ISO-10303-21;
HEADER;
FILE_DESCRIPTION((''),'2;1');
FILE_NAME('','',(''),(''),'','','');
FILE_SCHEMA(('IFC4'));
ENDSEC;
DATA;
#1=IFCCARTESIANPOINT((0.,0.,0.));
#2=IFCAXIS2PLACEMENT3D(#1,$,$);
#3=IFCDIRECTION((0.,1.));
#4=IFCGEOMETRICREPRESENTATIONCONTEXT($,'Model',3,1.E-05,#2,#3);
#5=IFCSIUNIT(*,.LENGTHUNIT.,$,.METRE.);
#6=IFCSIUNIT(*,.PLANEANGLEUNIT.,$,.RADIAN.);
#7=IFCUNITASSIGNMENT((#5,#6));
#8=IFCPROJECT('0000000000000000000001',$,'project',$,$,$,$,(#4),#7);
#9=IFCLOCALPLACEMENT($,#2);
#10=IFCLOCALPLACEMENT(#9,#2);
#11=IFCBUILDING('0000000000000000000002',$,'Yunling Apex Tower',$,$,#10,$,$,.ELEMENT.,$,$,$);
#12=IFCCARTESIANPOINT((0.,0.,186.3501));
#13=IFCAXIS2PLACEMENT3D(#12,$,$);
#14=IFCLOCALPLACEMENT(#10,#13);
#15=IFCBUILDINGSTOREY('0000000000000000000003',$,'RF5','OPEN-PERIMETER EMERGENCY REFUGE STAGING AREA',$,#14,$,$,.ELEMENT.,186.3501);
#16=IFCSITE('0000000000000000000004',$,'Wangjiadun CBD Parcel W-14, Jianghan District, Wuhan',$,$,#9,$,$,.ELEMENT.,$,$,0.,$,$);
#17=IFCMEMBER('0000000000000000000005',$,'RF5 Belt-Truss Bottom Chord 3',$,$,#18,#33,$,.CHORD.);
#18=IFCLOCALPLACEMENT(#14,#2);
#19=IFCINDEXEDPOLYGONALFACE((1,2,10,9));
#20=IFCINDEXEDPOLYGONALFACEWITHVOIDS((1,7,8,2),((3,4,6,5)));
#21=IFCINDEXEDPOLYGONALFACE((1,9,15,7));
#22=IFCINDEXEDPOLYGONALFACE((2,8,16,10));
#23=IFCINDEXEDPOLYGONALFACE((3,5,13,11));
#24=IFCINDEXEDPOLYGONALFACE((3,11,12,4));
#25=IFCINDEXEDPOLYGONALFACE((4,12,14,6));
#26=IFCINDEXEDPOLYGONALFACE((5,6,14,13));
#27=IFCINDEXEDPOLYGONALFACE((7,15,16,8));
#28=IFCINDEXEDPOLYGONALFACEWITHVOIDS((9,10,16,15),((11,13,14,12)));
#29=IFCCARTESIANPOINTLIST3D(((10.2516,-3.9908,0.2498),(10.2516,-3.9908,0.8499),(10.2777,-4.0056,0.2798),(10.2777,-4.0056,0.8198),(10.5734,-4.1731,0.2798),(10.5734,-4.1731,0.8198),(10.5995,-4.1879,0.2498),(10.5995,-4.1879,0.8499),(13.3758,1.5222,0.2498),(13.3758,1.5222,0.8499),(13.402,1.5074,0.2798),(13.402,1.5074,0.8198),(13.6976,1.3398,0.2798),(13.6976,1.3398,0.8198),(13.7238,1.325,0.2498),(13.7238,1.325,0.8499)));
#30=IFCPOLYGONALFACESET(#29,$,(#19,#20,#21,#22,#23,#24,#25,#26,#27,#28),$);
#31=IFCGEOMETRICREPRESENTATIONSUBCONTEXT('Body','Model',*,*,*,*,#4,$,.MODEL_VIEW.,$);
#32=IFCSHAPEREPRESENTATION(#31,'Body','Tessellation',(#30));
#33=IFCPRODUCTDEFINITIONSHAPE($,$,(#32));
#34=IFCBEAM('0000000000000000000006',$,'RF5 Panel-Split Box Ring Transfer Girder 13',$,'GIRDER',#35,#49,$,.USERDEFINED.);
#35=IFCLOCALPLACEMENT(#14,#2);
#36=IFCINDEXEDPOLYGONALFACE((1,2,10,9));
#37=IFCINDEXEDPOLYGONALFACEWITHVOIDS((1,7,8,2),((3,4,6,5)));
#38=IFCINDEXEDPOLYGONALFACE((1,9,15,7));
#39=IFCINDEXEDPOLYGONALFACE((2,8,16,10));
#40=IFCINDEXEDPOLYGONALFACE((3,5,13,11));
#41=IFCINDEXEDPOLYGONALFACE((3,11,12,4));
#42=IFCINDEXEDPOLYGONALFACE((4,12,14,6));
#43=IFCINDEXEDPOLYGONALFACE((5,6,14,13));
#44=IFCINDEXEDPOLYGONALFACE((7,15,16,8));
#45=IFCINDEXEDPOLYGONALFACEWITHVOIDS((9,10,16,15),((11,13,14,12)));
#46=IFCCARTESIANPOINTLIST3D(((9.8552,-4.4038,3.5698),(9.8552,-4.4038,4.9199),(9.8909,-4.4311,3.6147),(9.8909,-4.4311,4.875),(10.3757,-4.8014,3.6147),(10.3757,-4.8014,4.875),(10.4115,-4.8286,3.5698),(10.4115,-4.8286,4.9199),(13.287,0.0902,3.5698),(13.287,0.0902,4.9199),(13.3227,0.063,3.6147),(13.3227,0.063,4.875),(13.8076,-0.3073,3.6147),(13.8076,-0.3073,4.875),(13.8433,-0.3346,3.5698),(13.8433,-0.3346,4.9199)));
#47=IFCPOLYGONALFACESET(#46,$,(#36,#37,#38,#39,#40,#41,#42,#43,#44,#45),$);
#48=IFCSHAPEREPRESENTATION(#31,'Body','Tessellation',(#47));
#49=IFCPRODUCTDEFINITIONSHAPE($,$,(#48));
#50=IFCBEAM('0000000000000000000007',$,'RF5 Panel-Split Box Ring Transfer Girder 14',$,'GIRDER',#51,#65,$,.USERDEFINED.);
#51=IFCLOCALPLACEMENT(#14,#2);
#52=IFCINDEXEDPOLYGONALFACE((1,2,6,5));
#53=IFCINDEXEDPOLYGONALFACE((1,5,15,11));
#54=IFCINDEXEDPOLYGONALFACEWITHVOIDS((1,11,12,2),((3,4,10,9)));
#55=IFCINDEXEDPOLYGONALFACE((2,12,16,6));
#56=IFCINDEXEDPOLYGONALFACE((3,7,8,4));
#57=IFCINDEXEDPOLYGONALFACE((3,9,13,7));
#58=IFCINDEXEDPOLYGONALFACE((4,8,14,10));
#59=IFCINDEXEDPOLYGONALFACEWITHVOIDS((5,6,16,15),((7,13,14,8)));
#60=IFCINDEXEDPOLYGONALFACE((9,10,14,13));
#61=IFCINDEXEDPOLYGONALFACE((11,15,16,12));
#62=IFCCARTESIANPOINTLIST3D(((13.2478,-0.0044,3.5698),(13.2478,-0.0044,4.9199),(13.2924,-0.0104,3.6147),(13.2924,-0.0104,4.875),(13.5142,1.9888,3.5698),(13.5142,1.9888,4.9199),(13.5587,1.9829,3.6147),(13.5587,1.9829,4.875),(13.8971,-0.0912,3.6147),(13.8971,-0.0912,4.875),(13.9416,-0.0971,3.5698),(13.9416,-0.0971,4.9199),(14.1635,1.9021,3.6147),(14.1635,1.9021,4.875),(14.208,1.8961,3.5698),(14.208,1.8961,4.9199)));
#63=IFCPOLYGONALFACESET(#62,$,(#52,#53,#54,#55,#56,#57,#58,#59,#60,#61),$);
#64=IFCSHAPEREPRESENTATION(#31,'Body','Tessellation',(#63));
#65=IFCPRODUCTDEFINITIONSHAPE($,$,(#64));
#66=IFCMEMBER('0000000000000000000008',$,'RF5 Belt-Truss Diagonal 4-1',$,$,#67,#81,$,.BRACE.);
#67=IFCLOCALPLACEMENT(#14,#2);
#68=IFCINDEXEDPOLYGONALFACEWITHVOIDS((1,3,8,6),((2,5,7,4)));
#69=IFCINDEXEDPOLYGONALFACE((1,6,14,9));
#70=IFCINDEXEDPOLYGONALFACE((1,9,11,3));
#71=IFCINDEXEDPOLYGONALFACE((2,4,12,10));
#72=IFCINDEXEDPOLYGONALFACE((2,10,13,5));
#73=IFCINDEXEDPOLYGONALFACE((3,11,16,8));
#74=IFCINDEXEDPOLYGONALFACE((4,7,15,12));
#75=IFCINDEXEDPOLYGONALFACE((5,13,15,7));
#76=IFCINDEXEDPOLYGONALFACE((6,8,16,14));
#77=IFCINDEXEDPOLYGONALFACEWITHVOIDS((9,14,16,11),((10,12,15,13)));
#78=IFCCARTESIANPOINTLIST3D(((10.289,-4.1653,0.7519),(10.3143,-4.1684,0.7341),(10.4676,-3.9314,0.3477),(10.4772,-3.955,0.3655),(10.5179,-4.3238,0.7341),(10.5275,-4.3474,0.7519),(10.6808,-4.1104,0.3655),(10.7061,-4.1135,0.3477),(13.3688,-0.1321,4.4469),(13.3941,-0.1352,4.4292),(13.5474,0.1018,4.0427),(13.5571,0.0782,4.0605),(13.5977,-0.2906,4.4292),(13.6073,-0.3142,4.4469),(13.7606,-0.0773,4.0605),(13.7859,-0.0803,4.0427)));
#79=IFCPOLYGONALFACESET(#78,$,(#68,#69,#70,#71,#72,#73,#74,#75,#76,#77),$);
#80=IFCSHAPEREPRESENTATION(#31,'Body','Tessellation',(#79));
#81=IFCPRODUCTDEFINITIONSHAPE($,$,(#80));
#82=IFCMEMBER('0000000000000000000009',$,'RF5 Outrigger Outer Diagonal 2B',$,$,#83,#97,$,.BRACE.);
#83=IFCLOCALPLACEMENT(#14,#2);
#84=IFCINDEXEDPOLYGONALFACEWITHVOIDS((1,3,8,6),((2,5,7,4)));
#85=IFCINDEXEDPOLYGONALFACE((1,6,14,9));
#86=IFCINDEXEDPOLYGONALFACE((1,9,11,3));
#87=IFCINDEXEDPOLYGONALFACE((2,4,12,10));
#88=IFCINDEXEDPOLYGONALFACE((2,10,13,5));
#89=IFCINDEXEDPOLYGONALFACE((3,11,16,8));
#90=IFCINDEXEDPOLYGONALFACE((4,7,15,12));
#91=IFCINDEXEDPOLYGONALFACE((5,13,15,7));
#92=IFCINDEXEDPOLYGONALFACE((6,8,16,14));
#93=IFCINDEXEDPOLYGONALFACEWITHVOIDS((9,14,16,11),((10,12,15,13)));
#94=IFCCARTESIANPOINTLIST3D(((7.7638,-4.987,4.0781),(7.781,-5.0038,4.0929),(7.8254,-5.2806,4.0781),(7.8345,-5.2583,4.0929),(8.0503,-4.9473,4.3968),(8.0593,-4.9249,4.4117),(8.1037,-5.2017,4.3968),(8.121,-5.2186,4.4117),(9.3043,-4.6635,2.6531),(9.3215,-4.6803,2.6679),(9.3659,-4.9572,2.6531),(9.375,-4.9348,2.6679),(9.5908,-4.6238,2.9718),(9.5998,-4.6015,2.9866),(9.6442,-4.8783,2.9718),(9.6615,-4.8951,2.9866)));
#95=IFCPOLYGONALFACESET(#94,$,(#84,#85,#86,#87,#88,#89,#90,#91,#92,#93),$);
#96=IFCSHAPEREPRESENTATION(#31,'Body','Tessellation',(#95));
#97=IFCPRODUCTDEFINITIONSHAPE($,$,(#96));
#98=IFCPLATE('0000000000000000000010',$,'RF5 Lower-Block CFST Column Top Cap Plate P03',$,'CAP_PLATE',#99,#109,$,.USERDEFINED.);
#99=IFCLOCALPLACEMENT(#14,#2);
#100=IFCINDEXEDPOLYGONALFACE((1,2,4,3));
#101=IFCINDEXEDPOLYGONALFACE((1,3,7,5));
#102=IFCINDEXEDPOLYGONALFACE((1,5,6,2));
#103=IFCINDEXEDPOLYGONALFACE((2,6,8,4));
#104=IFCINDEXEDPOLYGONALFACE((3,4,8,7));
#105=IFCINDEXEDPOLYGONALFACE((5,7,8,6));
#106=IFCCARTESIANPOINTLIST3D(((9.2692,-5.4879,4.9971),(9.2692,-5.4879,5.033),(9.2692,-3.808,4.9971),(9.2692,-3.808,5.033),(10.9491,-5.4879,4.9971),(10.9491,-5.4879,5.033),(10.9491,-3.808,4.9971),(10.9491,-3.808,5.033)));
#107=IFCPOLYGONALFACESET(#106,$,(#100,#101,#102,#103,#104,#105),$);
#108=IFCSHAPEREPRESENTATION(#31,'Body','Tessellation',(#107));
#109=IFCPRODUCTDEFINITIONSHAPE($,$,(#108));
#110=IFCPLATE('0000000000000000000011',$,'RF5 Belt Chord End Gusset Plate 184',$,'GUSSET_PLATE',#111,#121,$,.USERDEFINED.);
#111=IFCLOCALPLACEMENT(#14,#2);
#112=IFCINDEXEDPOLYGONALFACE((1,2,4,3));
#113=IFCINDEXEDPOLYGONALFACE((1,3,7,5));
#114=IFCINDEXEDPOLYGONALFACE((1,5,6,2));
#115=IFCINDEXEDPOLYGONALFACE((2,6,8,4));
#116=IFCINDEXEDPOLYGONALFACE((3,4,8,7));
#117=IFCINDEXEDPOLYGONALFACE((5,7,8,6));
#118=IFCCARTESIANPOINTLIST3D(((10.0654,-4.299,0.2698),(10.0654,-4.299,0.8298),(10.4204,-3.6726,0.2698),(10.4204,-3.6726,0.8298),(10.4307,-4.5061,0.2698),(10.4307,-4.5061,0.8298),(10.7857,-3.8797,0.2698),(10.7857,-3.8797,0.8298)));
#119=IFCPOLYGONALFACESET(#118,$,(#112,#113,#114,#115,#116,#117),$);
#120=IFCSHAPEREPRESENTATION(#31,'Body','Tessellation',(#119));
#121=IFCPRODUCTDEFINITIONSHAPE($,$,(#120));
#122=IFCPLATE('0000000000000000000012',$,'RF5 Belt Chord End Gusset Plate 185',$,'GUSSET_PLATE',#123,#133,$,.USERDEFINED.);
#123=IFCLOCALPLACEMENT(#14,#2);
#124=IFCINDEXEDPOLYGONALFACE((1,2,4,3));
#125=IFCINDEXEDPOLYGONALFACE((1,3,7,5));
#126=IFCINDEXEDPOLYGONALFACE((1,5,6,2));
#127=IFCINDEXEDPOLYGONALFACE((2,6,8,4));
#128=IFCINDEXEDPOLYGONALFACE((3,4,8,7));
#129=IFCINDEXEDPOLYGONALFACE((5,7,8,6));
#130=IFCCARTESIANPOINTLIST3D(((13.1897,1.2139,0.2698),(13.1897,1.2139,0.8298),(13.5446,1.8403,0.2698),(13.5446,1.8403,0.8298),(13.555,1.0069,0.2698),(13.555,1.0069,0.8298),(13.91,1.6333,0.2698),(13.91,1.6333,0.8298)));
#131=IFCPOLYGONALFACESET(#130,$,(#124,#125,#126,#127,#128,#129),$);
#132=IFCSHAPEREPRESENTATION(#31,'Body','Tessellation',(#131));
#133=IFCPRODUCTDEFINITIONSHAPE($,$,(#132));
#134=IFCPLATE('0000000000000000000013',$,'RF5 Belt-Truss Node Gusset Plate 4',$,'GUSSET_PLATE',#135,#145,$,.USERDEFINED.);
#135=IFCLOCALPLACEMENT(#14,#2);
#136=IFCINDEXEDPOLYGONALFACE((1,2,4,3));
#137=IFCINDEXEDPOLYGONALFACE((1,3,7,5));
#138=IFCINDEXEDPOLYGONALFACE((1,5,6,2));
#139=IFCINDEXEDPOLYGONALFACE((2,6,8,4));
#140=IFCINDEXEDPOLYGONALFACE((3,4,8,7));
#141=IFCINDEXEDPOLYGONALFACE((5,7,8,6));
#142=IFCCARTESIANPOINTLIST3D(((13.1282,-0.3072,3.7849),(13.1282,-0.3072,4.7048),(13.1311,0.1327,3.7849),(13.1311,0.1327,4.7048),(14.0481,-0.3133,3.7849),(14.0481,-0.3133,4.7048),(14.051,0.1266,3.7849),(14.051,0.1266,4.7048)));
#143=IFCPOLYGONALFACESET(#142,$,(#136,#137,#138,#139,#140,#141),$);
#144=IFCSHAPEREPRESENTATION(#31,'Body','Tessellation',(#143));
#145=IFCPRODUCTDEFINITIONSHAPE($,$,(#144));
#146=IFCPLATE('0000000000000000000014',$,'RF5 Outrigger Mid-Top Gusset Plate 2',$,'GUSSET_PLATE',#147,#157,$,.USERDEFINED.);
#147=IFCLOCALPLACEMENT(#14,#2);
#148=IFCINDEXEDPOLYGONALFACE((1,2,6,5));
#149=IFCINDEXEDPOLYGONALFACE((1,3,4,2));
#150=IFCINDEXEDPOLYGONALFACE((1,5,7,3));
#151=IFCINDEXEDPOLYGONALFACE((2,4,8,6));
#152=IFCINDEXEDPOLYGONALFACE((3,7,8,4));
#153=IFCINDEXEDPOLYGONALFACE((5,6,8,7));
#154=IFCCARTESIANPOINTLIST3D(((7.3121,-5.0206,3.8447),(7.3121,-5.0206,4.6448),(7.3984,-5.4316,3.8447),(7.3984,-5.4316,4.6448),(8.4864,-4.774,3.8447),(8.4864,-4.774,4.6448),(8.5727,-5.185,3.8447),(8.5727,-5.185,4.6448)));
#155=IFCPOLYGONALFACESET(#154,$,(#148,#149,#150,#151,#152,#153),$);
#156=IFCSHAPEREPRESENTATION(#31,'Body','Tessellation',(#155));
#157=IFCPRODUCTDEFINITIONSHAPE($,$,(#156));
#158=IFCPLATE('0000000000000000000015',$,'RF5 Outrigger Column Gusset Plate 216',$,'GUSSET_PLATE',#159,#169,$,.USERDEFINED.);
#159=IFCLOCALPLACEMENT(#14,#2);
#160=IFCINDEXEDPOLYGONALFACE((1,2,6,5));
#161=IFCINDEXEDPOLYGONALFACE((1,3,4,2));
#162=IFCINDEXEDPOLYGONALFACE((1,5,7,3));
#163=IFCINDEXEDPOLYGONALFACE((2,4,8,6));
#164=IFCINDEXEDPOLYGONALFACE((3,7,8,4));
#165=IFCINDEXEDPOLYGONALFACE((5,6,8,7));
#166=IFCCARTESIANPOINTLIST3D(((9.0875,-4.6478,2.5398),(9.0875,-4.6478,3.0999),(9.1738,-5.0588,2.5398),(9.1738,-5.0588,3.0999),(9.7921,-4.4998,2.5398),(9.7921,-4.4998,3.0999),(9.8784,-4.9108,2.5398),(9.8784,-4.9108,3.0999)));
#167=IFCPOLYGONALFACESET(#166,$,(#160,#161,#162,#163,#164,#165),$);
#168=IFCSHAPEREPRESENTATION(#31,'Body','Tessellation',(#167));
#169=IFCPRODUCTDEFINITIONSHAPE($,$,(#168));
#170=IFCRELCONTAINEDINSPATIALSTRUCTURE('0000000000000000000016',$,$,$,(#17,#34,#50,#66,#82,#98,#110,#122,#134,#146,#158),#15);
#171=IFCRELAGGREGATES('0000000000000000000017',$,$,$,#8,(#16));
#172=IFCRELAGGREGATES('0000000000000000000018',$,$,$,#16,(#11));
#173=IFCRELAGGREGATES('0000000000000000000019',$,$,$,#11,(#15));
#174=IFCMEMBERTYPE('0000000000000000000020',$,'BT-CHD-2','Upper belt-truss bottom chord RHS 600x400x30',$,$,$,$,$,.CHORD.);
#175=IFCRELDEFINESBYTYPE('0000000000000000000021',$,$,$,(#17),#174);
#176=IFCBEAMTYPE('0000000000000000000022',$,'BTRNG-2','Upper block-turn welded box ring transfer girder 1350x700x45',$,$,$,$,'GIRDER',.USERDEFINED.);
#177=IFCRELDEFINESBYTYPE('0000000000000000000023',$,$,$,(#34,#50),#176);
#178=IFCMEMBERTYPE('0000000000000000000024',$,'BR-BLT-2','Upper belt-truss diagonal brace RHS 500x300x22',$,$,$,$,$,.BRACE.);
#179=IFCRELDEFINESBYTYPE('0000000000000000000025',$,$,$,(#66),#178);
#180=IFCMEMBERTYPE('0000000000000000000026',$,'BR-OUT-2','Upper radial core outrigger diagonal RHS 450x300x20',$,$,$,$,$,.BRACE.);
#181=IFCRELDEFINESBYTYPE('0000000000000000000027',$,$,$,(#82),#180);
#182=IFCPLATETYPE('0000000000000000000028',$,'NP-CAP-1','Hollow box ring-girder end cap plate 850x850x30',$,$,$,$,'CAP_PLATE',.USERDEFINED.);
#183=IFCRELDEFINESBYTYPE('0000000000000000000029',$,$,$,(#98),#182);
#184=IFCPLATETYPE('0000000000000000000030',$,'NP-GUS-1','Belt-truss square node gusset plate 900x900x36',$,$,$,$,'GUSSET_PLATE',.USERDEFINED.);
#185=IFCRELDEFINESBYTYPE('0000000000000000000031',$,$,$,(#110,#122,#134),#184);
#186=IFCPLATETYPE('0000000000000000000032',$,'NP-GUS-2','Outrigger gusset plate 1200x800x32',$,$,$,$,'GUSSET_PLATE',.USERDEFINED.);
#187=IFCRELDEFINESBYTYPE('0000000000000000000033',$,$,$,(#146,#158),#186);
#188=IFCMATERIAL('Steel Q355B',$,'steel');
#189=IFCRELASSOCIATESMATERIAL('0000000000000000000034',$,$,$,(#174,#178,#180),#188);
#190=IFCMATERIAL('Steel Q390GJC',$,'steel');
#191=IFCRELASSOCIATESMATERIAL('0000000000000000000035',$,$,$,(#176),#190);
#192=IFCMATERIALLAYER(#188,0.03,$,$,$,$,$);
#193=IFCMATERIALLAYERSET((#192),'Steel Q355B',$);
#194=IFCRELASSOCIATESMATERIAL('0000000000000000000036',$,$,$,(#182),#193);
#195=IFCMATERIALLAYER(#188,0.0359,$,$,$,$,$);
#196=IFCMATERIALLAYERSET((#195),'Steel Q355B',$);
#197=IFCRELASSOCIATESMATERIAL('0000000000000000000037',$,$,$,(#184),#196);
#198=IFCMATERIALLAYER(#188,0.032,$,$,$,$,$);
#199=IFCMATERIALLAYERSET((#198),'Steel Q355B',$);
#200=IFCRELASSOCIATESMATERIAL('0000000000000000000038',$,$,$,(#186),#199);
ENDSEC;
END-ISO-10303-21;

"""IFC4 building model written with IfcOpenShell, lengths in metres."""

from ifc_helpers import new_model, si_unit, direction, frame, origin, origin_2d, place, context, subcontext, project, spatial, rectangle, hollow_rectangle, extrude, source, transform, mapped, material, layer, layer_set, material_profile, profile_set, type_object, element, save


model = new_model("IFC4")

# Units and contexts
model_context = context("Model", 3, precision=1e-05, world=origin(), true_north=direction((0.0, 1.0)))
body_context = subcontext(model_context, "Body", "Model", "MODEL_VIEW")
ifc_project = project(units=[si_unit("LENGTHUNIT", "METRE"), si_unit("PLANEANGLEUNIT", "RADIAN")], contexts=[model_context])

# Site, building, storey
site_placement = place(None, origin())
site = spatial("IfcSite", under=ifc_project, at=site_placement, Name="Wangjiadun CBD Parcel W-14, Jianghan District, Wuhan", CompositionType="ELEMENT", RefElevation=0.0)
building_placement = place(site_placement, origin())
building = spatial("IfcBuilding", under=site, at=building_placement, Name="Yunling Apex Tower", CompositionType="ELEMENT")
storey_placement = place(building_placement, frame((0.0, 0.0, 186.3501)))
storey = spatial("IfcBuildingStorey", under=building, at=storey_placement, Name="RF5", Description="OPEN-PERIMETER EMERGENCY REFUGE STAGING AREA", CompositionType="ELEMENT", Elevation=186.3501)

# Shared definitions
ifc_material_1 = material(Name="Steel Q390GJC", Category="steel")

# Member
ifc_material_2 = material(Name="Steel Q355B", Category="steel")
ifc_material_profile_1 = material_profile(ifc_material_2, hollow_rectangle(XDim=0.3999, YDim=0.6001, WallThickness=0.03, at=origin_2d()))
ifc_profile_set_1 = profile_set([ifc_material_profile_1], Name="Steel Q355B")
member_type_1 = type_object("IfcMemberType", Name="BT-CHD-2", Description="Upper belt-truss bottom chord RHS 600x400x30", PredefinedType="CHORD", material=ifc_profile_set_1)
shared_shape_1 = source(origin(), body_context, "Body", "SweptSolid", [
    extrude(hollow_rectangle(XDim=0.3999, YDim=0.6001, WallThickness=0.03, at=origin_2d()), origin(), (0.0, 0.0, 1.0), 6.3367),
])
member_1_placement = place(storey_placement, frame((10.4255, -4.0894, 0.5498), z_axis=(0.493045, 0.870004, 0.0), x_axis=(-0.870004, 0.493045, 0.0)))
element("IfcMember", 1, at=member_1_placement, inside=storey, type_object=member_type_1, Name="RF5 Belt-Truss Bottom Chord 3", PredefinedType="CHORD", context=body_context, shape_type="MappedRepresentation", body=[
    mapped(shared_shape_1, transform((0.0, 0.0, 0.0), scale=1.0)),
])

# Beams
ifc_material_profile_2 = material_profile(ifc_material_1, hollow_rectangle(XDim=0.7, YDim=1.3501, WallThickness=0.0449, at=origin_2d()))
ifc_profile_set_2 = profile_set([ifc_material_profile_2], Name="Steel Q390GJC")
beam_type = type_object("IfcBeamType", Name="BTRNG-2", Description="Upper block-turn welded box ring transfer girder 1350x700x45", ElementType="GIRDER", PredefinedType="USERDEFINED", material=ifc_profile_set_2)
shared_shape_2 = source(origin(), body_context, "Body", "SweptSolid", [
    extrude(hollow_rectangle(XDim=0.7, YDim=1.3501, WallThickness=0.0449, at=origin_2d()), origin(), (0.0, 0.0, 1.0), 5.6545),
])
beam_1_placement = place(storey_placement, frame((10.1333, -4.6162, 4.2449), z_axis=(0.606913, 0.794768, 0.0), x_axis=(-0.794768, 0.606913, 0.0)))
element("IfcBeam", 2, at=beam_1_placement, inside=storey, type_object=beam_type, Name="RF5 Panel-Split Box Ring Transfer Girder 13", ObjectType="GIRDER", PredefinedType="USERDEFINED", context=body_context, shape_type="MappedRepresentation", body=[
    mapped(shared_shape_2, transform((0.0, 0.0, 0.0), scale=1.0)),
])
shared_shape_3 = source(origin(), body_context, "Body", "SweptSolid", [
    extrude(hollow_rectangle(XDim=0.7, YDim=1.3501, WallThickness=0.0449, at=origin_2d()), origin(), (0.0, 0.0, 1.0), 2.011),
])
beam_2_placement = place(storey_placement, frame((13.5947, -0.0508, 4.2449), z_axis=(0.132458, 0.991189, 0.0), x_axis=(-0.991189, 0.132458, 0.0)))
element("IfcBeam", 3, at=beam_2_placement, inside=storey, type_object=beam_type, Name="RF5 Panel-Split Box Ring Transfer Girder 14", ObjectType="GIRDER", PredefinedType="USERDEFINED", context=body_context, shape_type="MappedRepresentation", body=[
    mapped(shared_shape_3, transform((0.0, 0.0, 0.0), scale=1.0)),
])

# Members
ifc_material_profile_3 = material_profile(ifc_material_2, hollow_rectangle(XDim=0.3, YDim=0.5, WallThickness=0.022, at=origin_2d()))
ifc_profile_set_3 = profile_set([ifc_material_profile_3], Name="Steel Q355B")
member_type_2 = type_object("IfcMemberType", Name="BR-BLT-2", Description="Upper belt-truss diagonal brace RHS 500x300x22", PredefinedType="BRACE", material=ifc_profile_set_3)
shared_shape_4 = source(origin(), body_context, "Body", "SweptSolid", [
    extrude(hollow_rectangle(XDim=0.3, YDim=0.5, WallThickness=0.022, at=origin_2d()), origin(), (0.0, 0.0, 1.0), 6.2773),
])
member_2_placement = place(storey_placement, frame((10.4976, -4.1394, 0.5498), z_axis=(0.490623, 0.642497, 0.588631), x_axis=(-0.794774, 0.606905, 0.0)))
element("IfcMember", 4, at=member_2_placement, inside=storey, type_object=member_type_2, Name="RF5 Belt-Truss Diagonal 4-1", PredefinedType="BRACE", context=body_context, shape_type="MappedRepresentation", body=[
    mapped(shared_shape_4, transform((0.0, 0.0, 0.0), scale=1.0)),
])
ifc_material_profile_4 = material_profile(ifc_material_2, hollow_rectangle(XDim=0.3, YDim=0.45, WallThickness=0.02, at=origin_2d()))
ifc_profile_set_4 = profile_set([ifc_material_profile_4], Name="Steel Q355B")
member_type_3 = type_object("IfcMemberType", Name="BR-OUT-2", Description="Upper radial core outrigger diagonal RHS 450x300x20", PredefinedType="BRACE", material=ifc_profile_set_4)
shared_shape_5 = source(origin(), body_context, "Body", "SweptSolid", [
    extrude(hollow_rectangle(XDim=0.3, YDim=0.45, WallThickness=0.02, at=origin_2d()), origin(), (0.0, 0.0, 1.0), 2.1233),
])
member_3_placement = place(storey_placement, frame((7.9424, -5.1028, 4.2449), z_axis=(0.725516, 0.152347, -0.671131), x_axis=(-0.205502, 0.978657, 0.0)))
element("IfcMember", 5, at=member_3_placement, inside=storey, type_object=member_type_3, Name="RF5 Outrigger Outer Diagonal 2B", PredefinedType="BRACE", context=body_context, shape_type="MappedRepresentation", body=[
    mapped(shared_shape_5, transform((0.0, 0.0, 0.0), scale=1.0)),
])

# Plates
ifc_layer_1 = layer(ifc_material_2, 0.03)
ifc_layer_set_1 = layer_set([ifc_layer_1], Name="Steel Q355B")
plate_type_1 = type_object("IfcPlateType", Name="NP-CAP-1", Description="Hollow box ring-girder end cap plate 850x850x30", ElementType="CAP_PLATE", PredefinedType="USERDEFINED", material=ifc_layer_set_1)
shared_shape_6 = source(origin(), body_context, "Body", "SweptSolid", [
    extrude(rectangle(XDim=1.6799, YDim=1.6799, at=origin_2d()), origin(), (0.0, 0.0, 1.0), 0.0359),
])
plate_1_placement = place(storey_placement, frame((10.1091, -4.6479, 4.9971), z_axis=(0.0, 0.0, 1.0), x_axis=(1.0, 0.0, 0.0)))
element("IfcPlate", 6, at=plate_1_placement, inside=storey, type_object=plate_type_1, Name="RF5 Lower-Block CFST Column Top Cap Plate P03", ObjectType="CAP_PLATE", PredefinedType="USERDEFINED", context=body_context, shape_type="MappedRepresentation", body=[
    mapped(shared_shape_6, transform((0.0, 0.0, 0.0), scale=1.0)),
])
ifc_layer_2 = layer(ifc_material_2, 0.0359)
ifc_layer_set_2 = layer_set([ifc_layer_2], Name="Steel Q355B")
plate_type_2 = type_object("IfcPlateType", Name="NP-GUS-1", Description="Belt-truss square node gusset plate 900x900x36", ElementType="GUSSET_PLATE", PredefinedType="USERDEFINED", material=ifc_layer_set_2)
shared_shape_7 = source(origin(), body_context, "Body", "SweptSolid", [
    extrude(rectangle(XDim=0.72, YDim=0.4199, at=origin_2d()), origin(), (0.0, 0.0, 1.0), 0.5601),
])
for number, where, z_axis, x_axis, name in (
    (7, (10.4255, -4.0894, 0.2698), (0.0, 0.0, 1.0), (0.493031, 0.870012, 0.0), "RF5 Belt Chord End Gusset Plate 184"),
    (8, (13.5498, 1.4236, 0.2698), (0.0, 0.0, 1.0), (0.493031, 0.870012, 0.0), "RF5 Belt Chord End Gusset Plate 185"),
):
    element("IfcPlate", number, at=place(storey_placement, frame(where, z_axis=z_axis, x_axis=x_axis)), inside=storey, type_object=plate_type_2, Name=name, ObjectType="GUSSET_PLATE", PredefinedType="USERDEFINED", context=body_context, shape_type="MappedRepresentation", body=[
        mapped(shared_shape_7, transform((0.0, 0.0, 0.0), scale=1.0)),
    ])
shared_shape_8 = source(origin(), body_context, "Body", "SweptSolid", [
    extrude(rectangle(XDim=0.9199, YDim=0.4399, at=origin_2d()), origin(), (0.0, 0.0, 1.0), 0.9199),
])
plate_2_placement = place(storey_placement, frame((13.5896, -0.0903, 3.7849), z_axis=(0.0, 0.0, 1.0), x_axis=(0.999978, -0.006632, 0.0)))
element("IfcPlate", 9, at=plate_2_placement, inside=storey, type_object=plate_type_2, Name="RF5 Belt-Truss Node Gusset Plate 4", ObjectType="GUSSET_PLATE", PredefinedType="USERDEFINED", context=body_context, shape_type="MappedRepresentation", body=[
    mapped(shared_shape_8, transform((0.0, 0.0, 0.0), scale=1.0)),
])
ifc_layer_3 = layer(ifc_material_2, 0.032)
ifc_layer_set_3 = layer_set([ifc_layer_3], Name="Steel Q355B")
plate_type_3 = type_object("IfcPlateType", Name="NP-GUS-2", Description="Outrigger gusset plate 1200x800x32", ElementType="GUSSET_PLATE", PredefinedType="USERDEFINED", material=ifc_layer_set_3)
shared_shape_9 = source(origin(), body_context, "Body", "SweptSolid", [
    extrude(rectangle(XDim=1.2, YDim=0.4199, at=origin_2d()), origin(), (0.0, 0.0, 1.0), 0.8),
])
plate_3_placement = place(storey_placement, frame((7.9424, -5.1028, 3.8447), z_axis=(0.0, 0.0, 1.0), x_axis=(0.978653, 0.205521, 0.0)))
element("IfcPlate", 10, at=plate_3_placement, inside=storey, type_object=plate_type_3, Name="RF5 Outrigger Mid-Top Gusset Plate 2", ObjectType="GUSSET_PLATE", PredefinedType="USERDEFINED", context=body_context, shape_type="MappedRepresentation", body=[
    mapped(shared_shape_9, transform((0.0, 0.0, 0.0), scale=1.0)),
])
shared_shape_10 = source(origin(), body_context, "Body", "SweptSolid", [
    extrude(rectangle(XDim=0.72, YDim=0.4199, at=origin_2d()), origin(), (0.0, 0.0, 1.0), 0.5601),
])
plate_4_placement = place(storey_placement, frame((9.4829, -4.7793, 2.5398), z_axis=(0.0, 0.0, 1.0), x_axis=(0.978653, 0.205521, 0.0)))
element("IfcPlate", 11, at=plate_4_placement, inside=storey, type_object=plate_type_3, Name="RF5 Outrigger Column Gusset Plate 216", ObjectType="GUSSET_PLATE", PredefinedType="USERDEFINED", context=body_context, shape_type="MappedRepresentation", body=[
    mapped(shared_shape_10, transform((0.0, 0.0, 0.0), scale=1.0)),
])

save(model, "model.ifc")
